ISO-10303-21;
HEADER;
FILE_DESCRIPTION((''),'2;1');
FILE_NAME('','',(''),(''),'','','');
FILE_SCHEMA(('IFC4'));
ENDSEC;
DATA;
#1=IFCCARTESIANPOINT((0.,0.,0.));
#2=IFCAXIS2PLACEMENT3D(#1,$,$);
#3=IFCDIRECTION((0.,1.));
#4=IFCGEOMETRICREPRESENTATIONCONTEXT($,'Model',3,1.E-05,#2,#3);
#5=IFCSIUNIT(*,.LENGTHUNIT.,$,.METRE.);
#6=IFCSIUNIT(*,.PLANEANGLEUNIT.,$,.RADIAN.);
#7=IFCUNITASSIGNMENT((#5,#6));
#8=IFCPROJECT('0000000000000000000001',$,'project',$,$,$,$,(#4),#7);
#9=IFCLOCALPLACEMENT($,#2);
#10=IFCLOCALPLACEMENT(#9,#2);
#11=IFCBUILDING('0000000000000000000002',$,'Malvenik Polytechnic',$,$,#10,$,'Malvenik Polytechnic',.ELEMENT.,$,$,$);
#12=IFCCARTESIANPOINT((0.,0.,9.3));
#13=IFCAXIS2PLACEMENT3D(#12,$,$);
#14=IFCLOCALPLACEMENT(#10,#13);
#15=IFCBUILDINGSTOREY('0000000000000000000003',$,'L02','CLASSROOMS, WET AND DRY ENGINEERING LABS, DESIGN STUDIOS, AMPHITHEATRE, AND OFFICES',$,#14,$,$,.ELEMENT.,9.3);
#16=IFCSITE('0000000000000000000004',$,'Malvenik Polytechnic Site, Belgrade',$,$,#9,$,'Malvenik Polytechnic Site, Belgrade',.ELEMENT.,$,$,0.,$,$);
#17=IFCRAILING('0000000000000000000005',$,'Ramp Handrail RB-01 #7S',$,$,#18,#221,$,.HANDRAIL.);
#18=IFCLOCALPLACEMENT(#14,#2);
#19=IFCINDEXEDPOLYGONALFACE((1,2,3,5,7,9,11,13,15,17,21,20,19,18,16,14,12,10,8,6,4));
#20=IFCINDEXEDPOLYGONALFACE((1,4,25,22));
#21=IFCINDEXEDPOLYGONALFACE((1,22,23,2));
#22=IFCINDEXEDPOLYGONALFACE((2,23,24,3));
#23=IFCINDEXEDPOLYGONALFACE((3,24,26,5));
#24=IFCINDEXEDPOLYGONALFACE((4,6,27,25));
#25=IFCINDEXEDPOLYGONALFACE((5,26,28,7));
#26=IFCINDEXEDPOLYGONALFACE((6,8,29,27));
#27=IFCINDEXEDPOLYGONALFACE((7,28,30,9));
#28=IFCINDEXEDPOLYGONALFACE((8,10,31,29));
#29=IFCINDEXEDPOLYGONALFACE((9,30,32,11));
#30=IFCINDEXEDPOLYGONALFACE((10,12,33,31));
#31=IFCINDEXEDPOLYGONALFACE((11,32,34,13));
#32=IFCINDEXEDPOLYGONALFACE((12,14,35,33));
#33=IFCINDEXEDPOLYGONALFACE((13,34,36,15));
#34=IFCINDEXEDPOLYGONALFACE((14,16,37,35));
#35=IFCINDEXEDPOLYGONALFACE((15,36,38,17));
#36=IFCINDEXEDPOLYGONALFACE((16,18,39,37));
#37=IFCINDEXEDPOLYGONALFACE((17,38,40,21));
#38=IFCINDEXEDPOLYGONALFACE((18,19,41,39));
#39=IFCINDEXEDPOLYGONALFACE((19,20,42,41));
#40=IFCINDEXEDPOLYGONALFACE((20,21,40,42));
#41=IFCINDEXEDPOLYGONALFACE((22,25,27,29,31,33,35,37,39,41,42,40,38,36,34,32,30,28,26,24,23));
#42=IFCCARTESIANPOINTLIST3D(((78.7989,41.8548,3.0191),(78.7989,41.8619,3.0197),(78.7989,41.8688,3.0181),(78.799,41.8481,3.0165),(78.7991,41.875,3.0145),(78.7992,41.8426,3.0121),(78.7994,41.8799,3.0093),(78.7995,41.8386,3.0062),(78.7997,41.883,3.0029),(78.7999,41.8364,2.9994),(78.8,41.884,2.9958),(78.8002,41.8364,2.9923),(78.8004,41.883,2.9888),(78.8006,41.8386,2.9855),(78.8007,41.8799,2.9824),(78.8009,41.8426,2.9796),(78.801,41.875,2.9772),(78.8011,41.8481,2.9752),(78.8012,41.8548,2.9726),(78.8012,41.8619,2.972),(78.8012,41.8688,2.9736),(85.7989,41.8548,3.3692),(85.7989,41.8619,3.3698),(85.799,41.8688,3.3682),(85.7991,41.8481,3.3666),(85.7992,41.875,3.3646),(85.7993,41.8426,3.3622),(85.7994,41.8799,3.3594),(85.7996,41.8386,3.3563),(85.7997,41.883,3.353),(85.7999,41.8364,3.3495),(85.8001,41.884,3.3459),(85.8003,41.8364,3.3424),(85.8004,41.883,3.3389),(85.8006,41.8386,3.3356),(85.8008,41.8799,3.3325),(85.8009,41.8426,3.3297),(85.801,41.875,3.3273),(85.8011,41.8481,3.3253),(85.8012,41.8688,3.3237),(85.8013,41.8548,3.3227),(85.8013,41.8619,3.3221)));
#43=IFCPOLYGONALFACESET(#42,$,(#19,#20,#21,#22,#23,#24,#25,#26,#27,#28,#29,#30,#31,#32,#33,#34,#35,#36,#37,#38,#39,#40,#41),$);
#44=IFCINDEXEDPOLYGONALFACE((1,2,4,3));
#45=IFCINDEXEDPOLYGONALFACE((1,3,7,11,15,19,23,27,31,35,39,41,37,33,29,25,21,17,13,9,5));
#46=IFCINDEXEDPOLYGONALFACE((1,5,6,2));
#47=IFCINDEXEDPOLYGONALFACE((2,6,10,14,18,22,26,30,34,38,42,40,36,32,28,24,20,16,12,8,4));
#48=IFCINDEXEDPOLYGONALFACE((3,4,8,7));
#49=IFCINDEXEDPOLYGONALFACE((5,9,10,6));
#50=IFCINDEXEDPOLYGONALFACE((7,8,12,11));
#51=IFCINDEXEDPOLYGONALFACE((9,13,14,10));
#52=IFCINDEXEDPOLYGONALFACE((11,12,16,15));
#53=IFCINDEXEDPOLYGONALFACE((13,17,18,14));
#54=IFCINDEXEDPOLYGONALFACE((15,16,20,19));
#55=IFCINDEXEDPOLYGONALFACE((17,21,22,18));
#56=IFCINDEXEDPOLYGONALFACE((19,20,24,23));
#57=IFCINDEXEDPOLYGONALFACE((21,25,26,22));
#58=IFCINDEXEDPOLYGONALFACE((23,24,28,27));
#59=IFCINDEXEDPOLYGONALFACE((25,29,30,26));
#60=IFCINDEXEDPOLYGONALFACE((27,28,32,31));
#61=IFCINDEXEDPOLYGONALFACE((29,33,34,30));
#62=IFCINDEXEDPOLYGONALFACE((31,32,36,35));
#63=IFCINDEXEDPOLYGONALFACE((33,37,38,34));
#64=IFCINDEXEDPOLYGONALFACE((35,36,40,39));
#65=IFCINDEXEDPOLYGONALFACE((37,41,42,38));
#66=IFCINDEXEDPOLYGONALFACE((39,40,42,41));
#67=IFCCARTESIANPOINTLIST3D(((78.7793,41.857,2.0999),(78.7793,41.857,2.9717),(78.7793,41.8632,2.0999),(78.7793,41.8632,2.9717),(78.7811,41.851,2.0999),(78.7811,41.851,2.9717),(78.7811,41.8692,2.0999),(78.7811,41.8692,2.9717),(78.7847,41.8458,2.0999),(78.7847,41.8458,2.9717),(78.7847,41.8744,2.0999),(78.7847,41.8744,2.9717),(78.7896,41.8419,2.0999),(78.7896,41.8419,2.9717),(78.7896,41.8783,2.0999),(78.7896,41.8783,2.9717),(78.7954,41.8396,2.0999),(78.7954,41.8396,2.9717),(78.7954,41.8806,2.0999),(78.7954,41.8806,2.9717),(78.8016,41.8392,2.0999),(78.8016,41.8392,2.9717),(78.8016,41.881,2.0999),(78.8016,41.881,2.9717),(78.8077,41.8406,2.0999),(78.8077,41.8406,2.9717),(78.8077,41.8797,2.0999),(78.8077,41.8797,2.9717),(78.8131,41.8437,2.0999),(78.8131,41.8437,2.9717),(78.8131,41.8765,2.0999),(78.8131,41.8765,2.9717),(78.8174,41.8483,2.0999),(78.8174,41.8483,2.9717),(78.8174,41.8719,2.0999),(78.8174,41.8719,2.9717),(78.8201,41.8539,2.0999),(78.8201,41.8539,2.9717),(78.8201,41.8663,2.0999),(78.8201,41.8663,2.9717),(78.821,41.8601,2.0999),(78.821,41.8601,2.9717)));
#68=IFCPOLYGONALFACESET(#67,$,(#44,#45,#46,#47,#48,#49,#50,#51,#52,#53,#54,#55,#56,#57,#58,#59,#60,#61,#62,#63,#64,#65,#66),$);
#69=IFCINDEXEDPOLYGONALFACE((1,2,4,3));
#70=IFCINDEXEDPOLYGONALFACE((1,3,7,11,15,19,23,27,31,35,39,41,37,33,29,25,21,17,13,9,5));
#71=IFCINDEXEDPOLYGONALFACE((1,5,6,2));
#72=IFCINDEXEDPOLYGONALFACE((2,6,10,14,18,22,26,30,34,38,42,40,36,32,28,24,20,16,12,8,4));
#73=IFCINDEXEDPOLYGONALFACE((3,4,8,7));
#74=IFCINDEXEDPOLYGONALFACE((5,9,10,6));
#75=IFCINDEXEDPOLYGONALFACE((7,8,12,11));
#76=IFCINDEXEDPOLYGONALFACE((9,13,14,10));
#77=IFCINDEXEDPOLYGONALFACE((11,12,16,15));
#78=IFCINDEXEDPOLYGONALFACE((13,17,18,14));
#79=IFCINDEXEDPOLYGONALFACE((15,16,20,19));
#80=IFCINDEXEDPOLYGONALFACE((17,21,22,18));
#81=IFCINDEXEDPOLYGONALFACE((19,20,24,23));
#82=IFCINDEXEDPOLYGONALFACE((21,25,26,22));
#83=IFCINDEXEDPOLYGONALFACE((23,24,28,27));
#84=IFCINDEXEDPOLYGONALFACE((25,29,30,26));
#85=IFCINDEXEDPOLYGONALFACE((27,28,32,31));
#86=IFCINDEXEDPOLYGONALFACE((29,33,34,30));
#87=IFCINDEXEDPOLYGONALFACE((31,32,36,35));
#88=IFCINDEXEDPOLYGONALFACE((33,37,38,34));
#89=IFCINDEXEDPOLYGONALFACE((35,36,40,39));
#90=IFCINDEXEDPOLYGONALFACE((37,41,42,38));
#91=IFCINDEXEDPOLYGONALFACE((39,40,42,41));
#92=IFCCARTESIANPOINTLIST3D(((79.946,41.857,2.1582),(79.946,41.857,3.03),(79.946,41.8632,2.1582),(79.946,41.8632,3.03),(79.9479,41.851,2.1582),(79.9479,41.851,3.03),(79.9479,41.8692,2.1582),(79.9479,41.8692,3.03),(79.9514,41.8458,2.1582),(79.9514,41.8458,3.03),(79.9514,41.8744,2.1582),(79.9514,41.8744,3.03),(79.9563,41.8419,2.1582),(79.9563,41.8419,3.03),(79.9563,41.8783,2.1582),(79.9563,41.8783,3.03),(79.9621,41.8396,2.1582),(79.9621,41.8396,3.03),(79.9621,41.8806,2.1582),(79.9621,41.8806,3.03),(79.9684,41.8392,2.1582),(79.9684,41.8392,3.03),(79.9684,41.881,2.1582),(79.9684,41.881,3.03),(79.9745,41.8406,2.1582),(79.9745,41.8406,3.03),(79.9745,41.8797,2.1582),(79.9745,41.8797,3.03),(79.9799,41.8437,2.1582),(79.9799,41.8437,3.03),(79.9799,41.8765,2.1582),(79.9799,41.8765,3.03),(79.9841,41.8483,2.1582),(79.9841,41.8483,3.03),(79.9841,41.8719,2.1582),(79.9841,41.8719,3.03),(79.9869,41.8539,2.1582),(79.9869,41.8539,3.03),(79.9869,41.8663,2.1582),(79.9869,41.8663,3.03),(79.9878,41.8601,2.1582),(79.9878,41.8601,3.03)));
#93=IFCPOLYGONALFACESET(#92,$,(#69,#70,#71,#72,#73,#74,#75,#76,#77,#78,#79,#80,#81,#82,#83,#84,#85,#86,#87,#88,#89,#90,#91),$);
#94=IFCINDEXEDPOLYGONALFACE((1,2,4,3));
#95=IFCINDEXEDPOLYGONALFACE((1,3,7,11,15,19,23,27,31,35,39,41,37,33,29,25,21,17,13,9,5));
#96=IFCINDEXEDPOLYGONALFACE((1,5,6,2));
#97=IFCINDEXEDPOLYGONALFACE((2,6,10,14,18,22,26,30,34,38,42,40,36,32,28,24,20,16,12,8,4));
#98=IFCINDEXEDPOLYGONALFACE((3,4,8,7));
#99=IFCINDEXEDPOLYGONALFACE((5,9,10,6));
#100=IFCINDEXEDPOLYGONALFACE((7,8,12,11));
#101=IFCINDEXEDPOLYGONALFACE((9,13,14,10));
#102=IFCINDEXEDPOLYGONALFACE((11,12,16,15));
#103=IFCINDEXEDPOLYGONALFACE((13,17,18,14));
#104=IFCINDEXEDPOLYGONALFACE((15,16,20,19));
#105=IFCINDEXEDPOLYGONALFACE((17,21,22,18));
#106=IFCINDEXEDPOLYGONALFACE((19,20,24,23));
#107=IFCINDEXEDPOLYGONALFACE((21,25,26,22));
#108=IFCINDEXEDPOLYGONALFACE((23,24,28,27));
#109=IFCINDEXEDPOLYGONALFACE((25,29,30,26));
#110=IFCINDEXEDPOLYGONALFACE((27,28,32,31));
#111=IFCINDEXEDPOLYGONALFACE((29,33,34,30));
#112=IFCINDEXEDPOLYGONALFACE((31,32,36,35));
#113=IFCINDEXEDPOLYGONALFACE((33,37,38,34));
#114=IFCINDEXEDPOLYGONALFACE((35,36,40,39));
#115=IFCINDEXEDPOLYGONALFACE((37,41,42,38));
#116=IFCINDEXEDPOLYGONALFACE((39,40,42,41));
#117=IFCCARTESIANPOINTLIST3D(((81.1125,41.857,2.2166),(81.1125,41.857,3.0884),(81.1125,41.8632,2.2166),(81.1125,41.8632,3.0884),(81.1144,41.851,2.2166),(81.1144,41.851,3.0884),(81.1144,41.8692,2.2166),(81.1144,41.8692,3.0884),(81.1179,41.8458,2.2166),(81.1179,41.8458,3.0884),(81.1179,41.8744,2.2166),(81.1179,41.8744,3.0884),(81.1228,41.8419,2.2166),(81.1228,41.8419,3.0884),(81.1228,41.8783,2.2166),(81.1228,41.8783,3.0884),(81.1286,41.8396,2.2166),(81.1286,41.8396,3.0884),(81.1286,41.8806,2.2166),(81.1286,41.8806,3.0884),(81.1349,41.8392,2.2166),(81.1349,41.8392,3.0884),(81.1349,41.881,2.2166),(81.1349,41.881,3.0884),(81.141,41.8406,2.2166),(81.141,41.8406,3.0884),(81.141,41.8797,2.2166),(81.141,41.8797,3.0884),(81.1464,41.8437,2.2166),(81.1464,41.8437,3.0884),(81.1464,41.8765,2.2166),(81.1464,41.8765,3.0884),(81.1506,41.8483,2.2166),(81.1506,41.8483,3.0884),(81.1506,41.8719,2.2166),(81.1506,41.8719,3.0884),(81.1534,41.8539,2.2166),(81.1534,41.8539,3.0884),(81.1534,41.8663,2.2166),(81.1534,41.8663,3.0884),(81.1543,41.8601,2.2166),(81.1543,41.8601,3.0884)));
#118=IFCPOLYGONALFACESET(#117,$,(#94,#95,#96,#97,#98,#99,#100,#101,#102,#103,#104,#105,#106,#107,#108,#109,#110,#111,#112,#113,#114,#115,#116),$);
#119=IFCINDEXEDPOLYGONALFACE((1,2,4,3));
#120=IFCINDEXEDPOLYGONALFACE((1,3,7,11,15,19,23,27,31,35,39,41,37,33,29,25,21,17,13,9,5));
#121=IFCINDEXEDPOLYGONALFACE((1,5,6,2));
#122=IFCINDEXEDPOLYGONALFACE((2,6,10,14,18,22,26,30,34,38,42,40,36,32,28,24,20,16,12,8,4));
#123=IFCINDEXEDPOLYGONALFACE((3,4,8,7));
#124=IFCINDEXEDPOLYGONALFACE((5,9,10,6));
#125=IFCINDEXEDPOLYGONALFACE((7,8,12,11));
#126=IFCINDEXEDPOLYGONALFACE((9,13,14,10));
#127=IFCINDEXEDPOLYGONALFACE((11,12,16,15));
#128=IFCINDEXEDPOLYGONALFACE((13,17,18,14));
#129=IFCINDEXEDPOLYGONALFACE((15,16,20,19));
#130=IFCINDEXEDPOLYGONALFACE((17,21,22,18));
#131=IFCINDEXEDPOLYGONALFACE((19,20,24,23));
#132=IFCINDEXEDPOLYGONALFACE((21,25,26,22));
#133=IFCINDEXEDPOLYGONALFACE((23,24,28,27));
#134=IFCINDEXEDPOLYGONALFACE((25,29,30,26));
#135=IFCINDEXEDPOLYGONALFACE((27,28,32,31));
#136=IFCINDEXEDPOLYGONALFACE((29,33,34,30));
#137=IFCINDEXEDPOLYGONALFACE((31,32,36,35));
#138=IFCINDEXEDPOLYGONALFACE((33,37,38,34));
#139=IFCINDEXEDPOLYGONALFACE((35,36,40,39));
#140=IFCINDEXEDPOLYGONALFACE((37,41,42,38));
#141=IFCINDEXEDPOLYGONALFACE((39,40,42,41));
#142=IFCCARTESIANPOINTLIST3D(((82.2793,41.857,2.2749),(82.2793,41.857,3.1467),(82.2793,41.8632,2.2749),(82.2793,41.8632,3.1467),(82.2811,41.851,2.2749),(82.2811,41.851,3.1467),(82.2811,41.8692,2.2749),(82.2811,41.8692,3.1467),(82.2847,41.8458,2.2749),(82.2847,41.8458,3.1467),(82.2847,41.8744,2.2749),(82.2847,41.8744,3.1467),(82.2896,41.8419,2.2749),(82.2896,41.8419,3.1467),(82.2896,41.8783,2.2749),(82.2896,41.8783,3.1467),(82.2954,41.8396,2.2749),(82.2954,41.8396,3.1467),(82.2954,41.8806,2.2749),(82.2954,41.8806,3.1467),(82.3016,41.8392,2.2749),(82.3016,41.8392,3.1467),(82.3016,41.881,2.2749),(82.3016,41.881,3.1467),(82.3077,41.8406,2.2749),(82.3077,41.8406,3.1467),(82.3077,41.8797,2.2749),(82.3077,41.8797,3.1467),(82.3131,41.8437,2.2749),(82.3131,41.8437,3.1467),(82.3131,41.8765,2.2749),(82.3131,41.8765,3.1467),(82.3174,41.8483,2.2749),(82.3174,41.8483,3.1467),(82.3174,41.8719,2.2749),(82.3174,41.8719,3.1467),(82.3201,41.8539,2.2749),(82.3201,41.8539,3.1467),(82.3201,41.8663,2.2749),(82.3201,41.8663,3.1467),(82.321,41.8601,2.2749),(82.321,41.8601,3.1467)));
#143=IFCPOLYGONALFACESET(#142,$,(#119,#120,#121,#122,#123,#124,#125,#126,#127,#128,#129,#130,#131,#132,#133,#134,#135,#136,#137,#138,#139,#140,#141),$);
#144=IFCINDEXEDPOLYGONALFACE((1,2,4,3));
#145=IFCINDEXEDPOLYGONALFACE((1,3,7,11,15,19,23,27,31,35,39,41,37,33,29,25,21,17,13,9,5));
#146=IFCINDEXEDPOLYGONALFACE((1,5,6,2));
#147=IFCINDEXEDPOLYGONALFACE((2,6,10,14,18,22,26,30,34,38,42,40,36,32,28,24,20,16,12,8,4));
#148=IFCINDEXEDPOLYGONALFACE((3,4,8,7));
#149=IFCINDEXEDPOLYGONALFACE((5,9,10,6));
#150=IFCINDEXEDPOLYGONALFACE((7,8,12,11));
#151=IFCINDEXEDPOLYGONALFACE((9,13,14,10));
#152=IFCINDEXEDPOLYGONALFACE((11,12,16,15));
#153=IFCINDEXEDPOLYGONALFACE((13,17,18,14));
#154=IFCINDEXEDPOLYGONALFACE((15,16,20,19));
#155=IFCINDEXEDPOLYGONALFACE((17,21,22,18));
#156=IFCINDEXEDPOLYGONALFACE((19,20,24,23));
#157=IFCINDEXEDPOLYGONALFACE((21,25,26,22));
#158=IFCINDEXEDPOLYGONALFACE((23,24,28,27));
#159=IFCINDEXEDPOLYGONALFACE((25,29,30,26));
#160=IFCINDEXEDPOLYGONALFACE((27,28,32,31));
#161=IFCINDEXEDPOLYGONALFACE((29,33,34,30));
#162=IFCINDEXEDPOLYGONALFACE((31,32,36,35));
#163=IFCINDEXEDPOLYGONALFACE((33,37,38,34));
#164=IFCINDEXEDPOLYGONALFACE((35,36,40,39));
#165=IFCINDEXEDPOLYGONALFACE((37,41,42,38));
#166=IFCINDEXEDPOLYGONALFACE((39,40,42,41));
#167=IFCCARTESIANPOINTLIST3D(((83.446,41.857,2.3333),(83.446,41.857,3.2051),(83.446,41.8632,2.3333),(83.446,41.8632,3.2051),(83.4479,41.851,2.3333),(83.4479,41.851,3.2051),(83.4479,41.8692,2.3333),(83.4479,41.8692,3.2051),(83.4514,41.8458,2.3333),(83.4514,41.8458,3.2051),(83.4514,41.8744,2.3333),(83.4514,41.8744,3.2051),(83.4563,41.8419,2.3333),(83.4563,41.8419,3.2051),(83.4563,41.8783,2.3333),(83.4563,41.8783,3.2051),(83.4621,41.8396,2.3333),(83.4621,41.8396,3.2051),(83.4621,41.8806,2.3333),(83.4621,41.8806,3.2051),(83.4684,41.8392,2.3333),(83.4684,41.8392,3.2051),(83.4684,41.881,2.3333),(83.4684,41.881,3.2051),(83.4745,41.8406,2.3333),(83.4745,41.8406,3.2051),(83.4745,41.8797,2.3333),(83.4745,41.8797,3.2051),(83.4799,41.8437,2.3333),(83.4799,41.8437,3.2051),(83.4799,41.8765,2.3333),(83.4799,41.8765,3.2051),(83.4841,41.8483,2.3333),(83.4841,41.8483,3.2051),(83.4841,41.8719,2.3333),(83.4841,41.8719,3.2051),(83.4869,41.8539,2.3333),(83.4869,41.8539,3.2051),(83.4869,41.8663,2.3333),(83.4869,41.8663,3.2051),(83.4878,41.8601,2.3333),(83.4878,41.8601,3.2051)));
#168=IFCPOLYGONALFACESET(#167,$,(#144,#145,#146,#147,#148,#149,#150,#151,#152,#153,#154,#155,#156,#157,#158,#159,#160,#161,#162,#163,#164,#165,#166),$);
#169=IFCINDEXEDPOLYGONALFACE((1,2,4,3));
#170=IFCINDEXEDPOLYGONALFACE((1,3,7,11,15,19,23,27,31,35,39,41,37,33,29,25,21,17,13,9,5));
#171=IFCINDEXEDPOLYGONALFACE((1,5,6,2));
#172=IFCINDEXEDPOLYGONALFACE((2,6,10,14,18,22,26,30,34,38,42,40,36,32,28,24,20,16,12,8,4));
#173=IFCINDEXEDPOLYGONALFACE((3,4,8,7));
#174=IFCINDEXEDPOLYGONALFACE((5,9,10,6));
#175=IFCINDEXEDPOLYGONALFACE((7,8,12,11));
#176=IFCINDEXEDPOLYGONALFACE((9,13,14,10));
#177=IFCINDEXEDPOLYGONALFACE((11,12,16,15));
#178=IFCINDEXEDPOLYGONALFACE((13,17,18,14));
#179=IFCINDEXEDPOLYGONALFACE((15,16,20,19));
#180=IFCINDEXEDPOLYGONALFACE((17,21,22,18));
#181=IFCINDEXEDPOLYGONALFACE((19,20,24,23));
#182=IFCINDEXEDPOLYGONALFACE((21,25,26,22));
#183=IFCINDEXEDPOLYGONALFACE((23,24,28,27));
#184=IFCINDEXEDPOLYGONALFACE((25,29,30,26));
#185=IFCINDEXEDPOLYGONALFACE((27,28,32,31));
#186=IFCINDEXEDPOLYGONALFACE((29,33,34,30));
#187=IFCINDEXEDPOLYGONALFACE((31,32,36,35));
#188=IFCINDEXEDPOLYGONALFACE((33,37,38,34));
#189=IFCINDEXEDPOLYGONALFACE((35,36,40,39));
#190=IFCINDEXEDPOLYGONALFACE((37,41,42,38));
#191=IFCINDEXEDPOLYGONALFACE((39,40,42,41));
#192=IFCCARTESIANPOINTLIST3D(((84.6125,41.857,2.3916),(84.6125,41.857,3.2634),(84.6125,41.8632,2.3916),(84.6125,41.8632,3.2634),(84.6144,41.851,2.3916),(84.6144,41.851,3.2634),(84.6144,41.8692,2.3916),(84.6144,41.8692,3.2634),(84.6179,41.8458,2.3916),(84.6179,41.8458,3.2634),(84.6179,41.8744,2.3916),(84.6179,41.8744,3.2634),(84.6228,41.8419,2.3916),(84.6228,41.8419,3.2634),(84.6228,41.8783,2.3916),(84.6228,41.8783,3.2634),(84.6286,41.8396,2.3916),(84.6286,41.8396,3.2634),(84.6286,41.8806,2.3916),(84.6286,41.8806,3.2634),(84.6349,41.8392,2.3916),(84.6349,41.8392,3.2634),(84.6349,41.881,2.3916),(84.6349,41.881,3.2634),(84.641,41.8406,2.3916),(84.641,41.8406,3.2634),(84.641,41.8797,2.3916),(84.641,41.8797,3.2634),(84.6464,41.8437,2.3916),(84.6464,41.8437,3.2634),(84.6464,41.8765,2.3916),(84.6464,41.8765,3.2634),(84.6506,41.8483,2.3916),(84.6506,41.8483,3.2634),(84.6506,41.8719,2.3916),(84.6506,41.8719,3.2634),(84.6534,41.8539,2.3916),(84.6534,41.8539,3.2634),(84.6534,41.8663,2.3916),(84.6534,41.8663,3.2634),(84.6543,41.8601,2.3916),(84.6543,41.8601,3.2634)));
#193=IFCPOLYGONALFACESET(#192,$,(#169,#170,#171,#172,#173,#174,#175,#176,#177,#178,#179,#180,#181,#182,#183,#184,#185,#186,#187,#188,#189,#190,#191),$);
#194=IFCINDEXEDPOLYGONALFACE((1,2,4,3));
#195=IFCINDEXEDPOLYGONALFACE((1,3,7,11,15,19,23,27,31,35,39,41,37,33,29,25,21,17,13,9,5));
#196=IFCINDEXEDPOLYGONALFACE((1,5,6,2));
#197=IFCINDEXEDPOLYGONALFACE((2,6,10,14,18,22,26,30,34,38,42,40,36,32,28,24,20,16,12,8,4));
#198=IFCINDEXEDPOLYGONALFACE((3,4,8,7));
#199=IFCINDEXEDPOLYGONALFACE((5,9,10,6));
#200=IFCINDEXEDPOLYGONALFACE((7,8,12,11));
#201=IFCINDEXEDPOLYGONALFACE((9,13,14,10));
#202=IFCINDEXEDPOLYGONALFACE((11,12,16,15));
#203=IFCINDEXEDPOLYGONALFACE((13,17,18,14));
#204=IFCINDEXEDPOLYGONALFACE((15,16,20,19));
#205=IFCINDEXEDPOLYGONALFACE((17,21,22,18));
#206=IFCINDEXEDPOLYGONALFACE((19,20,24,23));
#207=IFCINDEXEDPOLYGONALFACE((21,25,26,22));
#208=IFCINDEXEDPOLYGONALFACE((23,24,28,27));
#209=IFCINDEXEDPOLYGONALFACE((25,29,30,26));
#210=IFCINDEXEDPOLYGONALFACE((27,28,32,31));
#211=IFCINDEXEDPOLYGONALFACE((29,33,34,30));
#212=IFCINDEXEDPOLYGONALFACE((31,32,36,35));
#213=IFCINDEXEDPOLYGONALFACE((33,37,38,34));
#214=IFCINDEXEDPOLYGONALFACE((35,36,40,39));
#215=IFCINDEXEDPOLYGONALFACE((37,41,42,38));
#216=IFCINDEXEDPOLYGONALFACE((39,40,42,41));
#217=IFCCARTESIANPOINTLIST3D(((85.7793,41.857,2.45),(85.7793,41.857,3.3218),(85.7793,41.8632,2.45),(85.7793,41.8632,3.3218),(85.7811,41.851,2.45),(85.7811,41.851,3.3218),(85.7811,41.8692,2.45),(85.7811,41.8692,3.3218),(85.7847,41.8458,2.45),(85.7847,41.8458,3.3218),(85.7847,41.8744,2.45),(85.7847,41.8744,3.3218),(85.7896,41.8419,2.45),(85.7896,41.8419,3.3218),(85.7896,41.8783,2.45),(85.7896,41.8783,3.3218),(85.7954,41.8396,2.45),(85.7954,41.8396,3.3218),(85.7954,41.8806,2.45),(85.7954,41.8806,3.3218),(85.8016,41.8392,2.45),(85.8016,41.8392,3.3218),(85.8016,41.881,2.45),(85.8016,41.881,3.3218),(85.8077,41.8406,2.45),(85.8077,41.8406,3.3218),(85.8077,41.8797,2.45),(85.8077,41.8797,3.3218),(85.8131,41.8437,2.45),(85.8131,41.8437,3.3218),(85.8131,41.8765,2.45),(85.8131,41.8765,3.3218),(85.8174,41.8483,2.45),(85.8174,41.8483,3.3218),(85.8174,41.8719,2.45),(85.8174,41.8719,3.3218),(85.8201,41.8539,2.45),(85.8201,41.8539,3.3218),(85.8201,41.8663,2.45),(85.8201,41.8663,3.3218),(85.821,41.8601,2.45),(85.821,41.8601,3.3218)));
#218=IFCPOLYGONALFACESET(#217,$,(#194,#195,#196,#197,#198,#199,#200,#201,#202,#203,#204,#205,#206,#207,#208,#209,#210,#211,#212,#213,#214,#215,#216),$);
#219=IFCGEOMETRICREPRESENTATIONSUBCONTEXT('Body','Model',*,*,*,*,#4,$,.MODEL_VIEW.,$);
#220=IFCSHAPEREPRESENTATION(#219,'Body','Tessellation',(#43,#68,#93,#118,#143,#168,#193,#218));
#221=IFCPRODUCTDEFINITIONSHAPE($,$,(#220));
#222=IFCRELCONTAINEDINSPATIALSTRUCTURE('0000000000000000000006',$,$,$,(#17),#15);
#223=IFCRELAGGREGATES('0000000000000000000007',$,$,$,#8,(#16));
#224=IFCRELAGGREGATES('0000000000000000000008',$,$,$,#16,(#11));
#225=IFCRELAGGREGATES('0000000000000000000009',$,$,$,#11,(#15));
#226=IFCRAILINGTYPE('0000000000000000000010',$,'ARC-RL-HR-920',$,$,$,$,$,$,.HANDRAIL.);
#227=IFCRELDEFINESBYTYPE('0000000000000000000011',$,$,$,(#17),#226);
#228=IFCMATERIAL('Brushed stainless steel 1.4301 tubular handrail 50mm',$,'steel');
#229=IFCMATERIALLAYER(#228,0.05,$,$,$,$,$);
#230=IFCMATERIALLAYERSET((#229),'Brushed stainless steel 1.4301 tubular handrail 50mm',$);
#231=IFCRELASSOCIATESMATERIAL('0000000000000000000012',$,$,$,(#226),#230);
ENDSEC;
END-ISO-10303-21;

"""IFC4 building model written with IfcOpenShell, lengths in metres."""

from ifc_helpers import new_model, si_unit, direction, frame, origin, origin_2d, place, context, subcontext, project, spatial, circle, extrude, material, layer, layer_set, type_object, element, save


model = new_model("IFC4")

# Units and contexts
model_context = context("Model", 3, precision=1e-05, world=origin(), true_north=direction((0.0, 1.0)))
body_context = subcontext(model_context, "Body", "Model", "MODEL_VIEW")
ifc_project = project(units=[si_unit("LENGTHUNIT", "METRE"), si_unit("PLANEANGLEUNIT", "RADIAN")], contexts=[model_context])

# Site, building, storey
site_placement = place(None, origin())
site = spatial("IfcSite", under=ifc_project, at=site_placement, Name="Malvenik Polytechnic Site, Belgrade", LongName="Malvenik Polytechnic Site, Belgrade", CompositionType="ELEMENT", RefElevation=0.0)
building_placement = place(site_placement, origin())
building = spatial("IfcBuilding", under=site, at=building_placement, Name="Malvenik Polytechnic", LongName="Malvenik Polytechnic", CompositionType="ELEMENT")
storey_placement = place(building_placement, frame((0.0, 0.0, 9.3)))
storey = spatial("IfcBuildingStorey", under=building, at=storey_placement, Name="L02", Description="CLASSROOMS, WET AND DRY ENGINEERING LABS, DESIGN STUDIOS, AMPHITHEATRE, AND OFFICES", CompositionType="ELEMENT", Elevation=9.3)

# Railing
ifc_material_1 = material(Name="Brushed stainless steel 1.4301 tubular handrail 50mm", Category="steel")
ifc_layer_1 = layer(ifc_material_1, 0.05)
ifc_layer_set_1 = layer_set([ifc_layer_1], Name="Brushed stainless steel 1.4301 tubular handrail 50mm")
railing_type_1 = type_object("IfcRailingType", Name="ARC-RL-HR-920", PredefinedType="HANDRAIL", material=ifc_layer_set_1)
railing_1_placement = place(storey_placement, frame((78.8, 41.8601, 2.0999)))
element("IfcRailing", 1, at=railing_1_placement, inside=storey, type_object=railing_type_1, Name="Ramp Handrail RB-01 #7S", PredefinedType="HANDRAIL", context=body_context, shape_type="SweptSolid", body=[
    extrude(circle(Radius=0.0239, at=origin_2d()), frame((0.0, 0.0, 0.896), z_axis=(0.998752, 0.0, 0.049952), x_axis=(0.0, 1.0, 0.0)), (0.0, 0.0, 1.0), 7.0088),
    extrude(circle(Radius=0.021, at=origin_2d()), origin(), (0.0, 0.0, 1.0), 0.8718),
    extrude(circle(Radius=0.021, at=origin_2d()), frame((1.1667, 0.0, 0.0583)), (0.0, 0.0, 1.0), 0.8718),
    extrude(circle(Radius=0.021, at=origin_2d()), frame((2.3333, 0.0, 0.1167)), (0.0, 0.0, 1.0), 0.8718),
    extrude(circle(Radius=0.021, at=origin_2d()), frame((3.5, 0.0, 0.175)), (0.0, 0.0, 1.0), 0.8718),
    extrude(circle(Radius=0.021, at=origin_2d()), frame((4.6667, 0.0, 0.2334)), (0.0, 0.0, 1.0), 0.8718),
    extrude(circle(Radius=0.021, at=origin_2d()), frame((5.8333, 0.0, 0.2917)), (0.0, 0.0, 1.0), 0.8718),
    extrude(circle(Radius=0.021, at=origin_2d()), frame((7.0, 0.0, 0.3501)), (0.0, 0.0, 1.0), 0.8718),
])

save(model, "model.ifc")
